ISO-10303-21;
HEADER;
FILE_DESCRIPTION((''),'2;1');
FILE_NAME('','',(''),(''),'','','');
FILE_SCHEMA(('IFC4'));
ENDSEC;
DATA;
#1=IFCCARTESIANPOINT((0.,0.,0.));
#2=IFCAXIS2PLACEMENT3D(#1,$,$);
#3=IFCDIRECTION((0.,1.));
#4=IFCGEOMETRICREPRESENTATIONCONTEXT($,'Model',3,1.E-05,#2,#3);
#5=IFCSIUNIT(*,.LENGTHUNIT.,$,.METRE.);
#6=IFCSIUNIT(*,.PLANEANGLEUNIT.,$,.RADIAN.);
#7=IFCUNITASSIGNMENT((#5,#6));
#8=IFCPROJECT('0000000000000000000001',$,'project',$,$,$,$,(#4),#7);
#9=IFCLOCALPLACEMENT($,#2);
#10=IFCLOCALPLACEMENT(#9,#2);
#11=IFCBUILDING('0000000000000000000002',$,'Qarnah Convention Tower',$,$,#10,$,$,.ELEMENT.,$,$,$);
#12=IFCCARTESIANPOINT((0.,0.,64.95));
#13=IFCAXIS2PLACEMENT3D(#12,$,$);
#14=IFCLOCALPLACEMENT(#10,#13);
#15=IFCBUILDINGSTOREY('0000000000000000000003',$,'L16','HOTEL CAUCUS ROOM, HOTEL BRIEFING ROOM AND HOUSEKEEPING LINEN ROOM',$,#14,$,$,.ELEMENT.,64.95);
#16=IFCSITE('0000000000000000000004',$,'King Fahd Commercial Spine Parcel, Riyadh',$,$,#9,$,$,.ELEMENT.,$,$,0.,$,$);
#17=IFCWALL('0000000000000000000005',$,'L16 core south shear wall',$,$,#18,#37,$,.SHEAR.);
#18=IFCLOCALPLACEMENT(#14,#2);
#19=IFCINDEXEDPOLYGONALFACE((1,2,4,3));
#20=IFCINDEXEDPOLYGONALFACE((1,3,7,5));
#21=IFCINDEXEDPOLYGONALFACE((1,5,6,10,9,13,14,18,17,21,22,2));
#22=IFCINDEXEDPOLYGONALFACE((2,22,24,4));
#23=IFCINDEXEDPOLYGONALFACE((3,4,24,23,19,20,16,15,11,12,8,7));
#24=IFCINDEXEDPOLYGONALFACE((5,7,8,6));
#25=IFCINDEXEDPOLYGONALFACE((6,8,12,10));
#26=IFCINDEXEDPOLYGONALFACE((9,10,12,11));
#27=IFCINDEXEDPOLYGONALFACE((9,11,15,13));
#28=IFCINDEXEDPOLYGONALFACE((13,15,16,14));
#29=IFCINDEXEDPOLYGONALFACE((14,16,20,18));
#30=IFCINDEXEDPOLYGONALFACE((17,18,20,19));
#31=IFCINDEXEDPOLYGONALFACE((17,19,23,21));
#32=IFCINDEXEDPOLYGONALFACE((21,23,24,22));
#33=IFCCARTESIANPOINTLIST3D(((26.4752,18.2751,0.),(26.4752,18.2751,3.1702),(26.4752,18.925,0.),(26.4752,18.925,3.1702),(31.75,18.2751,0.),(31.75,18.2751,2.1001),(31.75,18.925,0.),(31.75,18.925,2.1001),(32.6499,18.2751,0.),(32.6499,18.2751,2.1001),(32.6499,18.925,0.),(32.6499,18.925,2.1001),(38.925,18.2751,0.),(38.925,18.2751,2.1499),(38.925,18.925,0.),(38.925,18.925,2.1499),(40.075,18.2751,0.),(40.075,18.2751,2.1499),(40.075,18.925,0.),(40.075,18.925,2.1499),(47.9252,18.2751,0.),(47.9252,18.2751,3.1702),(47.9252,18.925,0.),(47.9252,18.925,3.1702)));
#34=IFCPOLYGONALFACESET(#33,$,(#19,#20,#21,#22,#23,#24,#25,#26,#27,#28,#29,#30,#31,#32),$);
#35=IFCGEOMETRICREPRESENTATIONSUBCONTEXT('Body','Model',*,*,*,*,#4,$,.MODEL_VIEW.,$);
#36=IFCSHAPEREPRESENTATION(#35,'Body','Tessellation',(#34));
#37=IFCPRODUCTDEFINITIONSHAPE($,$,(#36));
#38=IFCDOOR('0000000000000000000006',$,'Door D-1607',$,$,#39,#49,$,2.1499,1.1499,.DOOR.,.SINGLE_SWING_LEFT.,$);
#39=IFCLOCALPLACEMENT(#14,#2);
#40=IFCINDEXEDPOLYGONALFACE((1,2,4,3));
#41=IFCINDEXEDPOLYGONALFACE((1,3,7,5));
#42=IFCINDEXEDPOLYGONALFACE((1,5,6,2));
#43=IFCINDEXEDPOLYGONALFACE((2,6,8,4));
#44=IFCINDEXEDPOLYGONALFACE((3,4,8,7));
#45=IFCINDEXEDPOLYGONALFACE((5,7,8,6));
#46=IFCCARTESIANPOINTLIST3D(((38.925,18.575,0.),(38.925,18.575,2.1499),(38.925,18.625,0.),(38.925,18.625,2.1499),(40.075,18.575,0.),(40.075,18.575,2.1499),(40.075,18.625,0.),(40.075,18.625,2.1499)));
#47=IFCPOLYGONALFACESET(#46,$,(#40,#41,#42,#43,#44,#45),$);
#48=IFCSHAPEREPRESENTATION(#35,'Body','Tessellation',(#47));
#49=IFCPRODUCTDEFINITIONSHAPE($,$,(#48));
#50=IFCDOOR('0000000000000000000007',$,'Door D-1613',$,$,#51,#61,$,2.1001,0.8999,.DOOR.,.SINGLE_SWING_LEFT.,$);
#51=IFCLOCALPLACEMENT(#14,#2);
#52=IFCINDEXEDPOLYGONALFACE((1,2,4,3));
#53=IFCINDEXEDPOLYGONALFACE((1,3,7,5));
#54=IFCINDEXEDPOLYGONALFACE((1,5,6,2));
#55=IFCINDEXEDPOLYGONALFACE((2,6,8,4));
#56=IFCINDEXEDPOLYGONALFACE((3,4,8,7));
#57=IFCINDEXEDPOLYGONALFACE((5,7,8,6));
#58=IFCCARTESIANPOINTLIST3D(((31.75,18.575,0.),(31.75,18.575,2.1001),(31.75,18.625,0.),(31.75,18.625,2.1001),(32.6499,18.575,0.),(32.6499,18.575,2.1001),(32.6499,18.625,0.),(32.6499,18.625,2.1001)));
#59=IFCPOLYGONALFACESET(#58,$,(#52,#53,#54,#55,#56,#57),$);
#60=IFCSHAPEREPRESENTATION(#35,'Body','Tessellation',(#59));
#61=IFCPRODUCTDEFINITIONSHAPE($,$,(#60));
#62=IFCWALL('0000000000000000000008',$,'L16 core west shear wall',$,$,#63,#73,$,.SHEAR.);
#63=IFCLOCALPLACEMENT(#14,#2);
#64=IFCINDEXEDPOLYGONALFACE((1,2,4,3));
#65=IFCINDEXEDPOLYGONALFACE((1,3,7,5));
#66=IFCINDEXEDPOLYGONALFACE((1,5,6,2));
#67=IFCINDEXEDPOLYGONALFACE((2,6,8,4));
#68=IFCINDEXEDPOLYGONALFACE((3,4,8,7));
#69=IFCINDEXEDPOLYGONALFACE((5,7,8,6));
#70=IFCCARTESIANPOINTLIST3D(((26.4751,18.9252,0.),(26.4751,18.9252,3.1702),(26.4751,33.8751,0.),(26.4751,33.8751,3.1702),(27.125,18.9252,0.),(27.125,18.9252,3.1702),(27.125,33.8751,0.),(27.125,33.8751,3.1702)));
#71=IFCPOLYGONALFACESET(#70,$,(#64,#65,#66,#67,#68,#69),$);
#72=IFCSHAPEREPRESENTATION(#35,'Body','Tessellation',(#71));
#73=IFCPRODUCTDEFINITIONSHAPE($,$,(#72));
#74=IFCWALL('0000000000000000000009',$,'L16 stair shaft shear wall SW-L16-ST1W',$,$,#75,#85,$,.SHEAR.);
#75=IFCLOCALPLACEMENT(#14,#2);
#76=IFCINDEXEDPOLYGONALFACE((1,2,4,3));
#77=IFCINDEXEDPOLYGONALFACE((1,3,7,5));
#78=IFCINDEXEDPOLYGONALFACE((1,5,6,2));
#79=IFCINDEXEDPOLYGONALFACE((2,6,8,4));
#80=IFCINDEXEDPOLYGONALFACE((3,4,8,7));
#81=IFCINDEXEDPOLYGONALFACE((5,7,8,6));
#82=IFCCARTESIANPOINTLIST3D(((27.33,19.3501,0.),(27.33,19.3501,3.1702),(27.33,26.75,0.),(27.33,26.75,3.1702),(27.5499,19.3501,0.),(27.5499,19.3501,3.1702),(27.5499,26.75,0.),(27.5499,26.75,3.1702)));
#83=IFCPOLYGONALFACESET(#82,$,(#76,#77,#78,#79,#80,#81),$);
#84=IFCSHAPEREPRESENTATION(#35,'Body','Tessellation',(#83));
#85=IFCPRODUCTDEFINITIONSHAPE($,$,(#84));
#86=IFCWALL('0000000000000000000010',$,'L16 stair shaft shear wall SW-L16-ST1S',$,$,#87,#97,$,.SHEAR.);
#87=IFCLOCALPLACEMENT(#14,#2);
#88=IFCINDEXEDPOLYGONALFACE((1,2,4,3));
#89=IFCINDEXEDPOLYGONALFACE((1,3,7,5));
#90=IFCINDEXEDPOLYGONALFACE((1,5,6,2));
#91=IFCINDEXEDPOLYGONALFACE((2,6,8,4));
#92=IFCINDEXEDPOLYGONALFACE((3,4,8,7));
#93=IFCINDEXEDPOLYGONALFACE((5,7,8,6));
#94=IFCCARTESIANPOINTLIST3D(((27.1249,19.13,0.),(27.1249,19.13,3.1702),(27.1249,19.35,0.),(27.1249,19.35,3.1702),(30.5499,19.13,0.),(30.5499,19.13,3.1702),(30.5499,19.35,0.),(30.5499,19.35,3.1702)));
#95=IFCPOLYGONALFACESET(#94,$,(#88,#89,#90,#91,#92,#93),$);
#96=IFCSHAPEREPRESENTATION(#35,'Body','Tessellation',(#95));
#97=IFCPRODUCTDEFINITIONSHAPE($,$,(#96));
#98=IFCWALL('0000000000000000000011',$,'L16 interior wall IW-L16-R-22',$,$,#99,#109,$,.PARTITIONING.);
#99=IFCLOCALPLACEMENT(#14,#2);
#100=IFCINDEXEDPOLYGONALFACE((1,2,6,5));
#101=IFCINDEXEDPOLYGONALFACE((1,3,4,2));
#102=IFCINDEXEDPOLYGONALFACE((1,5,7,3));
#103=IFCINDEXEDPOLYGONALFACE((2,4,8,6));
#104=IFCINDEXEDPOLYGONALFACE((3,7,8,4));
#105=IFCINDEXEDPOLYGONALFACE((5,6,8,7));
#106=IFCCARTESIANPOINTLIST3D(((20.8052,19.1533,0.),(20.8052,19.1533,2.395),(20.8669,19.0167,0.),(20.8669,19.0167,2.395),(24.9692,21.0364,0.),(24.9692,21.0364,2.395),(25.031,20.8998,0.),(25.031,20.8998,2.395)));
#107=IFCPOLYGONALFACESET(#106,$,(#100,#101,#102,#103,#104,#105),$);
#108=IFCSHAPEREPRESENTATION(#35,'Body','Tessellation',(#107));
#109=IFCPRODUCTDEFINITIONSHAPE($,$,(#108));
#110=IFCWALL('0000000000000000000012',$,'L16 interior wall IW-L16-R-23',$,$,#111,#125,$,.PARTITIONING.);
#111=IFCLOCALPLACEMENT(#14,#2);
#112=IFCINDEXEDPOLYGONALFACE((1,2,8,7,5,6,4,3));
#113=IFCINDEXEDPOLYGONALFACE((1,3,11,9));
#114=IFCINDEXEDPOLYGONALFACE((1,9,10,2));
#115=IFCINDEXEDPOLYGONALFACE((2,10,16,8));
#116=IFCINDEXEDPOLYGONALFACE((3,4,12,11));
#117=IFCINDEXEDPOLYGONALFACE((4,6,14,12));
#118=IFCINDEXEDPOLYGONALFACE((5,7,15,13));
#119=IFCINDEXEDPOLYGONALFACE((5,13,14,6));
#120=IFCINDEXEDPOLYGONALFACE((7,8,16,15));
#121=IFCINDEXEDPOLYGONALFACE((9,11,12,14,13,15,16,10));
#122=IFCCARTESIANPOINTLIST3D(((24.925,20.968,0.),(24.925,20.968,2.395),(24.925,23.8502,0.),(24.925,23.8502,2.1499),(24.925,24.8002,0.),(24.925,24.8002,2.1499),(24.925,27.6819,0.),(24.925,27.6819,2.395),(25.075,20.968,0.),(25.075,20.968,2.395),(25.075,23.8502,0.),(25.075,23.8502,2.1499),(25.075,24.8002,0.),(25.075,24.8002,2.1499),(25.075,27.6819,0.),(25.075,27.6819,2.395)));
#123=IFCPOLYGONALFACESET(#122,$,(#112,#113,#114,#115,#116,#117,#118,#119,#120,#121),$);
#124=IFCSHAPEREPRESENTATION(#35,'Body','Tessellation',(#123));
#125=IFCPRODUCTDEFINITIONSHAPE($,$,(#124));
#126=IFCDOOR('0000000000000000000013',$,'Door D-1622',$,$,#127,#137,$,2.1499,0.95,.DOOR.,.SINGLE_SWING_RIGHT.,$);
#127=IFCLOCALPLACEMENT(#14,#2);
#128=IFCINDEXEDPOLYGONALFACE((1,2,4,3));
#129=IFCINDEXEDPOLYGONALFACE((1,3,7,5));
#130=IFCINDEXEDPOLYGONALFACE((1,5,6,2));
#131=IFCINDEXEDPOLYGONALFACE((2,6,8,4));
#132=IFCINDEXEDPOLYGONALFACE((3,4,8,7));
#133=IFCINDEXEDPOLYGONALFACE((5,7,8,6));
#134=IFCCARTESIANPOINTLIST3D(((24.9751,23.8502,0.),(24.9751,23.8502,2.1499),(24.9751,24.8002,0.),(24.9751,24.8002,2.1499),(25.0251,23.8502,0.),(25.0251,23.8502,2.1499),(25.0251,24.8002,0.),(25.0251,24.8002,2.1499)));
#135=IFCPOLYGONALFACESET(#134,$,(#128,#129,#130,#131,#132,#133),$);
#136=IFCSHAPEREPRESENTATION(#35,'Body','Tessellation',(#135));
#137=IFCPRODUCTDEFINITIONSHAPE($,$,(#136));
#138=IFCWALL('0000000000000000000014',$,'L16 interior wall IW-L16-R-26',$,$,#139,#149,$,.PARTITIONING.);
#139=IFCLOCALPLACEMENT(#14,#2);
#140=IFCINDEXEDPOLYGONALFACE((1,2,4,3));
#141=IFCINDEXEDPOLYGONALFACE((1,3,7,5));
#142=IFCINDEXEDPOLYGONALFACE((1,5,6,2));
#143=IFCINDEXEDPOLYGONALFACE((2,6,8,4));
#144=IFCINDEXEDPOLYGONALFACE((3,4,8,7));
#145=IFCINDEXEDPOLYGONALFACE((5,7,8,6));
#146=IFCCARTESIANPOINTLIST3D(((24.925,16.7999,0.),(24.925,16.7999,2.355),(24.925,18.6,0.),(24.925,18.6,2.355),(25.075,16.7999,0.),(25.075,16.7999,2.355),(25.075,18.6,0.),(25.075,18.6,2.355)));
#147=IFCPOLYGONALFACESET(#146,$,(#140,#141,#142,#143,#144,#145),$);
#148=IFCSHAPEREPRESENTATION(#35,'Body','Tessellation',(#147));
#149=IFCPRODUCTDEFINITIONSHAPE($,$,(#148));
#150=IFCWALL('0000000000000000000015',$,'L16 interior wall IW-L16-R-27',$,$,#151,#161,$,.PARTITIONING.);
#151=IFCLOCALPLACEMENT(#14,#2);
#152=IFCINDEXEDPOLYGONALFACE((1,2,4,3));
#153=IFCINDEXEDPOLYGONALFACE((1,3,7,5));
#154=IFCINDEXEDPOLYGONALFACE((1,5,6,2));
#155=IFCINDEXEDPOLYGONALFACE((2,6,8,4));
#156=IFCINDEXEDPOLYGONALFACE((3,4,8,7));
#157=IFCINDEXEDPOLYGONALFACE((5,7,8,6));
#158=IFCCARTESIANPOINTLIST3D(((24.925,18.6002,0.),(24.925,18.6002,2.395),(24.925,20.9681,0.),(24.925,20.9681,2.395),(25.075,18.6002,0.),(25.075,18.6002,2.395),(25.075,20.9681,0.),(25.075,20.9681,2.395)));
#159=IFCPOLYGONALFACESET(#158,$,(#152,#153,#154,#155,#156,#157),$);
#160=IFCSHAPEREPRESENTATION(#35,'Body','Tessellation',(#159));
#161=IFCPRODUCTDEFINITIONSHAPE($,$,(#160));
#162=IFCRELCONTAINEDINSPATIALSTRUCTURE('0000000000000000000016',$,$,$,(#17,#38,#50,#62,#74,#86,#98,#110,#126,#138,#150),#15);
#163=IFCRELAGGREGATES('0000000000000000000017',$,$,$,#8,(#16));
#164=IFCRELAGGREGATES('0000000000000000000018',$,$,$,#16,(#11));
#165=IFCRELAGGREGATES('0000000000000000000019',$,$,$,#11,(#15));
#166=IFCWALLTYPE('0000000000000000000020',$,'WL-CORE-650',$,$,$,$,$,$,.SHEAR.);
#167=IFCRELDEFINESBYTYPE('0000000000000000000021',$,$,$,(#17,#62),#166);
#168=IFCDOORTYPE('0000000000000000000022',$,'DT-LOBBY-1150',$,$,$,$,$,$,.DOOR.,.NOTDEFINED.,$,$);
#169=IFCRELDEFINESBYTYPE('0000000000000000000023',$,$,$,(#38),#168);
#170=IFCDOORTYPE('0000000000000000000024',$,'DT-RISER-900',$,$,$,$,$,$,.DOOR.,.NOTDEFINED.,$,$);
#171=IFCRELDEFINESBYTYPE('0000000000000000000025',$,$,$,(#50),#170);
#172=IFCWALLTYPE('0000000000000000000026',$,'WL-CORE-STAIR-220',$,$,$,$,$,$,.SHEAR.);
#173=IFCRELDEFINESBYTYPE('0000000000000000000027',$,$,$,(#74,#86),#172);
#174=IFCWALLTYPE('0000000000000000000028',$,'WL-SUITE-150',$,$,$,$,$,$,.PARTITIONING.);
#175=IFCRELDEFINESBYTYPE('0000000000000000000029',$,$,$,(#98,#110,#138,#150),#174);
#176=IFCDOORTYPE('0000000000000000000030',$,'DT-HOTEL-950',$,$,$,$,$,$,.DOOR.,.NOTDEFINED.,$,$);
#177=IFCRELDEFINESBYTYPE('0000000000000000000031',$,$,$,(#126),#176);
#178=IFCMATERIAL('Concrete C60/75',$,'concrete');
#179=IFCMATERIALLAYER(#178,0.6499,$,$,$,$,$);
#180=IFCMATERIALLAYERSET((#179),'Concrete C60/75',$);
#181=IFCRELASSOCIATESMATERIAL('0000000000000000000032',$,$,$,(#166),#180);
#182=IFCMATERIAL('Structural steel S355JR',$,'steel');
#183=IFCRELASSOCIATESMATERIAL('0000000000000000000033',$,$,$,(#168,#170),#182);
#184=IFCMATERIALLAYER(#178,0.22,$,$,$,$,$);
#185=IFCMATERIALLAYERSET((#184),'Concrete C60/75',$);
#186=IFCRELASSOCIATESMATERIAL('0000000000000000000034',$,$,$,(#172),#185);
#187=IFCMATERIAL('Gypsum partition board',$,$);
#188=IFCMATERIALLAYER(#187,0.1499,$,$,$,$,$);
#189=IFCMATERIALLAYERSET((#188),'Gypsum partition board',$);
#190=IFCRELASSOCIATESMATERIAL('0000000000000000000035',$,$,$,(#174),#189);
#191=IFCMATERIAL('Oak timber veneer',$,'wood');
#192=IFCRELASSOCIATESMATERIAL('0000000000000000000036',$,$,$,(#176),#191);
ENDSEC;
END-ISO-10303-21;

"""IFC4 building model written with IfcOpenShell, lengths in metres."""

from ifc_helpers import new_model, si_unit, direction, frame, frame_2d, origin, place, context, subcontext, project, spatial, rectangle, extrude, material, layer, layer_set, type_object, element, fill, save


model = new_model("IFC4")

# Units and contexts
model_context = context("Model", 3, precision=1e-05, world=origin(), true_north=direction((0.0, 1.0)))
body_context = subcontext(model_context, "Body", "Model", "MODEL_VIEW")
ifc_project = project(units=[si_unit("LENGTHUNIT", "METRE"), si_unit("PLANEANGLEUNIT", "RADIAN")], contexts=[model_context])

# Site, building, storey
site_placement = place(None, origin())
site = spatial("IfcSite", under=ifc_project, at=site_placement, Name="King Fahd Commercial Spine Parcel, Riyadh", CompositionType="ELEMENT", RefElevation=0.0)
building_placement = place(site_placement, origin())
building = spatial("IfcBuilding", under=site, at=building_placement, Name="Qarnah Convention Tower", CompositionType="ELEMENT")
storey_placement = place(building_placement, frame((0.0, 0.0, 64.95)))
storey = spatial("IfcBuildingStorey", under=building, at=storey_placement, Name="L16", Description="HOTEL CAUCUS ROOM, HOTEL BRIEFING ROOM AND HOUSEKEEPING LINEN ROOM", CompositionType="ELEMENT", Elevation=64.95)

# Shared definitions
ifc_material_1 = material(Name="Concrete C60/75", Category="concrete")
ifc_material_2 = material(Name="Structural steel S355JR", Category="steel")

# Wall, openings, doors
ifc_layer_1 = layer(ifc_material_1, 0.6499)
ifc_layer_set_1 = layer_set([ifc_layer_1], Name="Concrete C60/75")
wall_type_1 = type_object("IfcWallType", Name="WL-CORE-650", PredefinedType="SHEAR", material=ifc_layer_set_1)
wall_1_placement = place(storey_placement, frame((26.4751, 18.6001, 0.0), z_axis=(0.0, 0.0, 1.0), x_axis=(1.0, 0.0, 0.0)))
wall_1 = element("IfcWall", 1, at=wall_1_placement, inside=storey, type_object=wall_type_1, Name="L16 core south shear wall", PredefinedType="SHEAR", context=body_context, shape_type="SweptSolid", body=[
    extrude(rectangle(XDim=21.45, YDim=0.6499, at=frame_2d((10.7251, 0.0))), origin(), (0.0, 0.0, 1.0), 3.1702),
])
opening_1_placement = place(wall_1_placement, frame((12.45, 0.0, 0.0)))
opening_1 = element("IfcOpeningElement", 2, at=opening_1_placement, cuts=wall_1, PredefinedType="OPENING", context=body_context, shape_type="SweptSolid", body=[
    extrude(rectangle(XDim=1.1499, YDim=2.1499, at=frame_2d((0.575, 1.075))), frame((0.0, 0.335, 0.0), z_axis=(0.0, -1.0, 0.0), x_axis=(1.0, 0.0, 0.0)), (0.0, 0.0, 1.0), 0.6699),
])
opening_2_placement = place(wall_1_placement, frame((5.2749, 0.0, 0.0)))
opening_2 = element("IfcOpeningElement", 3, at=opening_2_placement, cuts=wall_1, PredefinedType="OPENING", context=body_context, shape_type="SweptSolid", body=[
    extrude(rectangle(XDim=0.8999, YDim=2.1001, at=frame_2d((0.45, 1.05))), frame((0.0, 0.335, 0.0), z_axis=(0.0, -1.0, 0.0), x_axis=(1.0, 0.0, 0.0)), (0.0, 0.0, 1.0), 0.6699),
])
door_type_1 = type_object("IfcDoorType", Name="DT-LOBBY-1150", OperationType="NOTDEFINED", PredefinedType="DOOR", material=ifc_material_2)
door_1_placement = place(opening_1_placement, origin())
door_1 = element("IfcDoor", 4, at=door_1_placement, inside=storey, type_object=door_type_1, Name="Door D-1607", OperationType="SINGLE_SWING_LEFT", OverallHeight=2.1499, OverallWidth=1.1499, PredefinedType="DOOR", context=body_context, shape_type="SweptSolid", body=[
    extrude(rectangle(XDim=1.1499, YDim=2.1499, at=frame_2d((0.575, 1.075))), frame((0.0, 0.0249, 0.0), z_axis=(0.0, -1.0, 0.0), x_axis=(1.0, 0.0, 0.0)), (0.0, 0.0, 1.0), 0.05),
])
fill(opening_1, door_1)
door_type_2 = type_object("IfcDoorType", Name="DT-RISER-900", OperationType="NOTDEFINED", PredefinedType="DOOR", material=ifc_material_2)
door_2_placement = place(opening_2_placement, origin())
door_2 = element("IfcDoor", 5, at=door_2_placement, inside=storey, type_object=door_type_2, Name="Door D-1613", OperationType="SINGLE_SWING_LEFT", OverallHeight=2.1001, OverallWidth=0.8999, PredefinedType="DOOR", context=body_context, shape_type="SweptSolid", body=[
    extrude(rectangle(XDim=0.8999, YDim=2.1001, at=frame_2d((0.45, 1.05))), frame((0.0, 0.0249, 0.0), z_axis=(0.0, -1.0, 0.0), x_axis=(1.0, 0.0, 0.0)), (0.0, 0.0, 1.0), 0.05),
])
fill(opening_2, door_2)

# Walls
wall_2_placement = place(storey_placement, frame((26.8, 18.925, 0.0), z_axis=(0.0, 0.0, 1.0), x_axis=(0.0, 1.0, 0.0)))
element("IfcWall", 6, at=wall_2_placement, inside=storey, type_object=wall_type_1, Name="L16 core west shear wall", PredefinedType="SHEAR", context=body_context, shape_type="SweptSolid", body=[
    extrude(rectangle(XDim=14.95, YDim=0.6499, at=frame_2d((7.4751, 0.0))), origin(), (0.0, 0.0, 1.0), 3.1702),
])
ifc_layer_2 = layer(ifc_material_1, 0.22)
ifc_layer_set_2 = layer_set([ifc_layer_2], Name="Concrete C60/75")
wall_type_2 = type_object("IfcWallType", Name="WL-CORE-STAIR-220", PredefinedType="SHEAR", material=ifc_layer_set_2)
wall_3_placement = place(storey_placement, frame((27.4399, 19.3501, 0.0), z_axis=(0.0, 0.0, 1.0), x_axis=(0.0, 1.0, 0.0)))
element("IfcWall", 7, at=wall_3_placement, inside=storey, type_object=wall_type_2, Name="L16 stair shaft shear wall SW-L16-ST1W", PredefinedType="SHEAR", context=body_context, shape_type="SweptSolid", body=[
    extrude(rectangle(XDim=7.3999, YDim=0.22, at=frame_2d((3.7, 0.0))), origin(), (0.0, 0.0, 1.0), 3.1702),
])
wall_4_placement = place(storey_placement, frame((27.125, 19.24, 0.0), z_axis=(0.0, 0.0, 1.0), x_axis=(1.0, 0.0, 0.0)))
element("IfcWall", 8, at=wall_4_placement, inside=storey, type_object=wall_type_2, Name="L16 stair shaft shear wall SW-L16-ST1S", PredefinedType="SHEAR", context=body_context, shape_type="SweptSolid", body=[
    extrude(rectangle(XDim=3.425, YDim=0.22, at=frame_2d((1.7124, 0.0))), origin(), (0.0, 0.0, 1.0), 3.1702),
])
ifc_material_3 = material(Name="Gypsum partition board")
ifc_layer_3 = layer(ifc_material_3, 0.1499)
ifc_layer_set_3 = layer_set([ifc_layer_3], Name="Gypsum partition board")
wall_type_3 = type_object("IfcWallType", Name="WL-SUITE-150", PredefinedType="PARTITIONING", material=ifc_layer_set_3)
wall_5_placement = place(storey_placement, frame((20.8359, 19.085, 0.0), z_axis=(0.0, 0.0, 1.0), x_axis=(0.911164, 0.412043, 0.0)))
element("IfcWall", 9, at=wall_5_placement, inside=storey, type_object=wall_type_3, Name="L16 interior wall IW-L16-R-22", PredefinedType="PARTITIONING", context=body_context, shape_type="SweptSolid", body=[
    extrude(rectangle(XDim=4.5701, YDim=0.1499, at=frame_2d((2.2852, 0.0))), origin(), (0.0, 0.0, 1.0), 2.395),
])

# Wall, opening, door
wall_6_placement = place(storey_placement, frame((25.0, 20.968, 0.0), z_axis=(0.0, 0.0, 1.0), x_axis=(0.0, 1.0, 0.0)))
wall_6 = element("IfcWall", 10, at=wall_6_placement, inside=storey, type_object=wall_type_3, Name="L16 interior wall IW-L16-R-23", PredefinedType="PARTITIONING", context=body_context, shape_type="SweptSolid", body=[
    extrude(rectangle(XDim=6.7139, YDim=0.1499, at=frame_2d((3.3569, 0.0))), origin(), (0.0, 0.0, 1.0), 2.395),
])
opening_3_placement = place(wall_6_placement, frame((2.8821, 0.0, 0.0)))
opening_3 = element("IfcOpeningElement", 11, at=opening_3_placement, cuts=wall_6, PredefinedType="OPENING", context=body_context, shape_type="SweptSolid", body=[
    extrude(rectangle(XDim=0.95, YDim=2.1499, at=frame_2d((0.4751, 1.075))), frame((0.0, 0.085, 0.0), z_axis=(0.0, -1.0, 0.0), x_axis=(1.0, 0.0, 0.0)), (0.0, 0.0, 1.0), 0.1699),
])
ifc_material_4 = material(Name="Oak timber veneer", Category="wood")
door_type_3 = type_object("IfcDoorType", Name="DT-HOTEL-950", OperationType="NOTDEFINED", PredefinedType="DOOR", material=ifc_material_4)
door_3_placement = place(opening_3_placement, origin())
door_3 = element("IfcDoor", 12, at=door_3_placement, inside=storey, type_object=door_type_3, Name="Door D-1622", OperationType="SINGLE_SWING_RIGHT", OverallHeight=2.1499, OverallWidth=0.95, PredefinedType="DOOR", context=body_context, shape_type="SweptSolid", body=[
    extrude(rectangle(XDim=0.95, YDim=2.1499, at=frame_2d((0.4751, 1.075))), frame((0.0, 0.0249, 0.0), z_axis=(0.0, -1.0, 0.0), x_axis=(1.0, 0.0, 0.0)), (0.0, 0.0, 1.0), 0.05),
])
fill(opening_3, door_3)

# Walls
wall_7_placement = place(storey_placement, frame((25.0, 16.8, 0.0), z_axis=(0.0, 0.0, 1.0), x_axis=(0.0, 1.0, 0.0)))
element("IfcWall", 13, at=wall_7_placement, inside=storey, type_object=wall_type_3, Name="L16 interior wall IW-L16-R-26", PredefinedType="PARTITIONING", context=body_context, shape_type="SweptSolid", body=[
    extrude(rectangle(XDim=1.8, YDim=0.1499, at=frame_2d((0.8999, 0.0))), origin(), (0.0, 0.0, 1.0), 2.355),
])
wall_8_placement = place(storey_placement, frame((25.0, 18.6001, 0.0), z_axis=(0.0, 0.0, 1.0), x_axis=(0.0, 1.0, 0.0)))
element("IfcWall", 14, at=wall_8_placement, inside=storey, type_object=wall_type_3, Name="L16 interior wall IW-L16-R-27", PredefinedType="PARTITIONING", context=body_context, shape_type="SweptSolid", body=[
    extrude(rectangle(XDim=2.3679, YDim=0.1499, at=frame_2d((1.1841, 0.0))), origin(), (0.0, 0.0, 1.0), 2.395),
])

save(model, "model.ifc")
